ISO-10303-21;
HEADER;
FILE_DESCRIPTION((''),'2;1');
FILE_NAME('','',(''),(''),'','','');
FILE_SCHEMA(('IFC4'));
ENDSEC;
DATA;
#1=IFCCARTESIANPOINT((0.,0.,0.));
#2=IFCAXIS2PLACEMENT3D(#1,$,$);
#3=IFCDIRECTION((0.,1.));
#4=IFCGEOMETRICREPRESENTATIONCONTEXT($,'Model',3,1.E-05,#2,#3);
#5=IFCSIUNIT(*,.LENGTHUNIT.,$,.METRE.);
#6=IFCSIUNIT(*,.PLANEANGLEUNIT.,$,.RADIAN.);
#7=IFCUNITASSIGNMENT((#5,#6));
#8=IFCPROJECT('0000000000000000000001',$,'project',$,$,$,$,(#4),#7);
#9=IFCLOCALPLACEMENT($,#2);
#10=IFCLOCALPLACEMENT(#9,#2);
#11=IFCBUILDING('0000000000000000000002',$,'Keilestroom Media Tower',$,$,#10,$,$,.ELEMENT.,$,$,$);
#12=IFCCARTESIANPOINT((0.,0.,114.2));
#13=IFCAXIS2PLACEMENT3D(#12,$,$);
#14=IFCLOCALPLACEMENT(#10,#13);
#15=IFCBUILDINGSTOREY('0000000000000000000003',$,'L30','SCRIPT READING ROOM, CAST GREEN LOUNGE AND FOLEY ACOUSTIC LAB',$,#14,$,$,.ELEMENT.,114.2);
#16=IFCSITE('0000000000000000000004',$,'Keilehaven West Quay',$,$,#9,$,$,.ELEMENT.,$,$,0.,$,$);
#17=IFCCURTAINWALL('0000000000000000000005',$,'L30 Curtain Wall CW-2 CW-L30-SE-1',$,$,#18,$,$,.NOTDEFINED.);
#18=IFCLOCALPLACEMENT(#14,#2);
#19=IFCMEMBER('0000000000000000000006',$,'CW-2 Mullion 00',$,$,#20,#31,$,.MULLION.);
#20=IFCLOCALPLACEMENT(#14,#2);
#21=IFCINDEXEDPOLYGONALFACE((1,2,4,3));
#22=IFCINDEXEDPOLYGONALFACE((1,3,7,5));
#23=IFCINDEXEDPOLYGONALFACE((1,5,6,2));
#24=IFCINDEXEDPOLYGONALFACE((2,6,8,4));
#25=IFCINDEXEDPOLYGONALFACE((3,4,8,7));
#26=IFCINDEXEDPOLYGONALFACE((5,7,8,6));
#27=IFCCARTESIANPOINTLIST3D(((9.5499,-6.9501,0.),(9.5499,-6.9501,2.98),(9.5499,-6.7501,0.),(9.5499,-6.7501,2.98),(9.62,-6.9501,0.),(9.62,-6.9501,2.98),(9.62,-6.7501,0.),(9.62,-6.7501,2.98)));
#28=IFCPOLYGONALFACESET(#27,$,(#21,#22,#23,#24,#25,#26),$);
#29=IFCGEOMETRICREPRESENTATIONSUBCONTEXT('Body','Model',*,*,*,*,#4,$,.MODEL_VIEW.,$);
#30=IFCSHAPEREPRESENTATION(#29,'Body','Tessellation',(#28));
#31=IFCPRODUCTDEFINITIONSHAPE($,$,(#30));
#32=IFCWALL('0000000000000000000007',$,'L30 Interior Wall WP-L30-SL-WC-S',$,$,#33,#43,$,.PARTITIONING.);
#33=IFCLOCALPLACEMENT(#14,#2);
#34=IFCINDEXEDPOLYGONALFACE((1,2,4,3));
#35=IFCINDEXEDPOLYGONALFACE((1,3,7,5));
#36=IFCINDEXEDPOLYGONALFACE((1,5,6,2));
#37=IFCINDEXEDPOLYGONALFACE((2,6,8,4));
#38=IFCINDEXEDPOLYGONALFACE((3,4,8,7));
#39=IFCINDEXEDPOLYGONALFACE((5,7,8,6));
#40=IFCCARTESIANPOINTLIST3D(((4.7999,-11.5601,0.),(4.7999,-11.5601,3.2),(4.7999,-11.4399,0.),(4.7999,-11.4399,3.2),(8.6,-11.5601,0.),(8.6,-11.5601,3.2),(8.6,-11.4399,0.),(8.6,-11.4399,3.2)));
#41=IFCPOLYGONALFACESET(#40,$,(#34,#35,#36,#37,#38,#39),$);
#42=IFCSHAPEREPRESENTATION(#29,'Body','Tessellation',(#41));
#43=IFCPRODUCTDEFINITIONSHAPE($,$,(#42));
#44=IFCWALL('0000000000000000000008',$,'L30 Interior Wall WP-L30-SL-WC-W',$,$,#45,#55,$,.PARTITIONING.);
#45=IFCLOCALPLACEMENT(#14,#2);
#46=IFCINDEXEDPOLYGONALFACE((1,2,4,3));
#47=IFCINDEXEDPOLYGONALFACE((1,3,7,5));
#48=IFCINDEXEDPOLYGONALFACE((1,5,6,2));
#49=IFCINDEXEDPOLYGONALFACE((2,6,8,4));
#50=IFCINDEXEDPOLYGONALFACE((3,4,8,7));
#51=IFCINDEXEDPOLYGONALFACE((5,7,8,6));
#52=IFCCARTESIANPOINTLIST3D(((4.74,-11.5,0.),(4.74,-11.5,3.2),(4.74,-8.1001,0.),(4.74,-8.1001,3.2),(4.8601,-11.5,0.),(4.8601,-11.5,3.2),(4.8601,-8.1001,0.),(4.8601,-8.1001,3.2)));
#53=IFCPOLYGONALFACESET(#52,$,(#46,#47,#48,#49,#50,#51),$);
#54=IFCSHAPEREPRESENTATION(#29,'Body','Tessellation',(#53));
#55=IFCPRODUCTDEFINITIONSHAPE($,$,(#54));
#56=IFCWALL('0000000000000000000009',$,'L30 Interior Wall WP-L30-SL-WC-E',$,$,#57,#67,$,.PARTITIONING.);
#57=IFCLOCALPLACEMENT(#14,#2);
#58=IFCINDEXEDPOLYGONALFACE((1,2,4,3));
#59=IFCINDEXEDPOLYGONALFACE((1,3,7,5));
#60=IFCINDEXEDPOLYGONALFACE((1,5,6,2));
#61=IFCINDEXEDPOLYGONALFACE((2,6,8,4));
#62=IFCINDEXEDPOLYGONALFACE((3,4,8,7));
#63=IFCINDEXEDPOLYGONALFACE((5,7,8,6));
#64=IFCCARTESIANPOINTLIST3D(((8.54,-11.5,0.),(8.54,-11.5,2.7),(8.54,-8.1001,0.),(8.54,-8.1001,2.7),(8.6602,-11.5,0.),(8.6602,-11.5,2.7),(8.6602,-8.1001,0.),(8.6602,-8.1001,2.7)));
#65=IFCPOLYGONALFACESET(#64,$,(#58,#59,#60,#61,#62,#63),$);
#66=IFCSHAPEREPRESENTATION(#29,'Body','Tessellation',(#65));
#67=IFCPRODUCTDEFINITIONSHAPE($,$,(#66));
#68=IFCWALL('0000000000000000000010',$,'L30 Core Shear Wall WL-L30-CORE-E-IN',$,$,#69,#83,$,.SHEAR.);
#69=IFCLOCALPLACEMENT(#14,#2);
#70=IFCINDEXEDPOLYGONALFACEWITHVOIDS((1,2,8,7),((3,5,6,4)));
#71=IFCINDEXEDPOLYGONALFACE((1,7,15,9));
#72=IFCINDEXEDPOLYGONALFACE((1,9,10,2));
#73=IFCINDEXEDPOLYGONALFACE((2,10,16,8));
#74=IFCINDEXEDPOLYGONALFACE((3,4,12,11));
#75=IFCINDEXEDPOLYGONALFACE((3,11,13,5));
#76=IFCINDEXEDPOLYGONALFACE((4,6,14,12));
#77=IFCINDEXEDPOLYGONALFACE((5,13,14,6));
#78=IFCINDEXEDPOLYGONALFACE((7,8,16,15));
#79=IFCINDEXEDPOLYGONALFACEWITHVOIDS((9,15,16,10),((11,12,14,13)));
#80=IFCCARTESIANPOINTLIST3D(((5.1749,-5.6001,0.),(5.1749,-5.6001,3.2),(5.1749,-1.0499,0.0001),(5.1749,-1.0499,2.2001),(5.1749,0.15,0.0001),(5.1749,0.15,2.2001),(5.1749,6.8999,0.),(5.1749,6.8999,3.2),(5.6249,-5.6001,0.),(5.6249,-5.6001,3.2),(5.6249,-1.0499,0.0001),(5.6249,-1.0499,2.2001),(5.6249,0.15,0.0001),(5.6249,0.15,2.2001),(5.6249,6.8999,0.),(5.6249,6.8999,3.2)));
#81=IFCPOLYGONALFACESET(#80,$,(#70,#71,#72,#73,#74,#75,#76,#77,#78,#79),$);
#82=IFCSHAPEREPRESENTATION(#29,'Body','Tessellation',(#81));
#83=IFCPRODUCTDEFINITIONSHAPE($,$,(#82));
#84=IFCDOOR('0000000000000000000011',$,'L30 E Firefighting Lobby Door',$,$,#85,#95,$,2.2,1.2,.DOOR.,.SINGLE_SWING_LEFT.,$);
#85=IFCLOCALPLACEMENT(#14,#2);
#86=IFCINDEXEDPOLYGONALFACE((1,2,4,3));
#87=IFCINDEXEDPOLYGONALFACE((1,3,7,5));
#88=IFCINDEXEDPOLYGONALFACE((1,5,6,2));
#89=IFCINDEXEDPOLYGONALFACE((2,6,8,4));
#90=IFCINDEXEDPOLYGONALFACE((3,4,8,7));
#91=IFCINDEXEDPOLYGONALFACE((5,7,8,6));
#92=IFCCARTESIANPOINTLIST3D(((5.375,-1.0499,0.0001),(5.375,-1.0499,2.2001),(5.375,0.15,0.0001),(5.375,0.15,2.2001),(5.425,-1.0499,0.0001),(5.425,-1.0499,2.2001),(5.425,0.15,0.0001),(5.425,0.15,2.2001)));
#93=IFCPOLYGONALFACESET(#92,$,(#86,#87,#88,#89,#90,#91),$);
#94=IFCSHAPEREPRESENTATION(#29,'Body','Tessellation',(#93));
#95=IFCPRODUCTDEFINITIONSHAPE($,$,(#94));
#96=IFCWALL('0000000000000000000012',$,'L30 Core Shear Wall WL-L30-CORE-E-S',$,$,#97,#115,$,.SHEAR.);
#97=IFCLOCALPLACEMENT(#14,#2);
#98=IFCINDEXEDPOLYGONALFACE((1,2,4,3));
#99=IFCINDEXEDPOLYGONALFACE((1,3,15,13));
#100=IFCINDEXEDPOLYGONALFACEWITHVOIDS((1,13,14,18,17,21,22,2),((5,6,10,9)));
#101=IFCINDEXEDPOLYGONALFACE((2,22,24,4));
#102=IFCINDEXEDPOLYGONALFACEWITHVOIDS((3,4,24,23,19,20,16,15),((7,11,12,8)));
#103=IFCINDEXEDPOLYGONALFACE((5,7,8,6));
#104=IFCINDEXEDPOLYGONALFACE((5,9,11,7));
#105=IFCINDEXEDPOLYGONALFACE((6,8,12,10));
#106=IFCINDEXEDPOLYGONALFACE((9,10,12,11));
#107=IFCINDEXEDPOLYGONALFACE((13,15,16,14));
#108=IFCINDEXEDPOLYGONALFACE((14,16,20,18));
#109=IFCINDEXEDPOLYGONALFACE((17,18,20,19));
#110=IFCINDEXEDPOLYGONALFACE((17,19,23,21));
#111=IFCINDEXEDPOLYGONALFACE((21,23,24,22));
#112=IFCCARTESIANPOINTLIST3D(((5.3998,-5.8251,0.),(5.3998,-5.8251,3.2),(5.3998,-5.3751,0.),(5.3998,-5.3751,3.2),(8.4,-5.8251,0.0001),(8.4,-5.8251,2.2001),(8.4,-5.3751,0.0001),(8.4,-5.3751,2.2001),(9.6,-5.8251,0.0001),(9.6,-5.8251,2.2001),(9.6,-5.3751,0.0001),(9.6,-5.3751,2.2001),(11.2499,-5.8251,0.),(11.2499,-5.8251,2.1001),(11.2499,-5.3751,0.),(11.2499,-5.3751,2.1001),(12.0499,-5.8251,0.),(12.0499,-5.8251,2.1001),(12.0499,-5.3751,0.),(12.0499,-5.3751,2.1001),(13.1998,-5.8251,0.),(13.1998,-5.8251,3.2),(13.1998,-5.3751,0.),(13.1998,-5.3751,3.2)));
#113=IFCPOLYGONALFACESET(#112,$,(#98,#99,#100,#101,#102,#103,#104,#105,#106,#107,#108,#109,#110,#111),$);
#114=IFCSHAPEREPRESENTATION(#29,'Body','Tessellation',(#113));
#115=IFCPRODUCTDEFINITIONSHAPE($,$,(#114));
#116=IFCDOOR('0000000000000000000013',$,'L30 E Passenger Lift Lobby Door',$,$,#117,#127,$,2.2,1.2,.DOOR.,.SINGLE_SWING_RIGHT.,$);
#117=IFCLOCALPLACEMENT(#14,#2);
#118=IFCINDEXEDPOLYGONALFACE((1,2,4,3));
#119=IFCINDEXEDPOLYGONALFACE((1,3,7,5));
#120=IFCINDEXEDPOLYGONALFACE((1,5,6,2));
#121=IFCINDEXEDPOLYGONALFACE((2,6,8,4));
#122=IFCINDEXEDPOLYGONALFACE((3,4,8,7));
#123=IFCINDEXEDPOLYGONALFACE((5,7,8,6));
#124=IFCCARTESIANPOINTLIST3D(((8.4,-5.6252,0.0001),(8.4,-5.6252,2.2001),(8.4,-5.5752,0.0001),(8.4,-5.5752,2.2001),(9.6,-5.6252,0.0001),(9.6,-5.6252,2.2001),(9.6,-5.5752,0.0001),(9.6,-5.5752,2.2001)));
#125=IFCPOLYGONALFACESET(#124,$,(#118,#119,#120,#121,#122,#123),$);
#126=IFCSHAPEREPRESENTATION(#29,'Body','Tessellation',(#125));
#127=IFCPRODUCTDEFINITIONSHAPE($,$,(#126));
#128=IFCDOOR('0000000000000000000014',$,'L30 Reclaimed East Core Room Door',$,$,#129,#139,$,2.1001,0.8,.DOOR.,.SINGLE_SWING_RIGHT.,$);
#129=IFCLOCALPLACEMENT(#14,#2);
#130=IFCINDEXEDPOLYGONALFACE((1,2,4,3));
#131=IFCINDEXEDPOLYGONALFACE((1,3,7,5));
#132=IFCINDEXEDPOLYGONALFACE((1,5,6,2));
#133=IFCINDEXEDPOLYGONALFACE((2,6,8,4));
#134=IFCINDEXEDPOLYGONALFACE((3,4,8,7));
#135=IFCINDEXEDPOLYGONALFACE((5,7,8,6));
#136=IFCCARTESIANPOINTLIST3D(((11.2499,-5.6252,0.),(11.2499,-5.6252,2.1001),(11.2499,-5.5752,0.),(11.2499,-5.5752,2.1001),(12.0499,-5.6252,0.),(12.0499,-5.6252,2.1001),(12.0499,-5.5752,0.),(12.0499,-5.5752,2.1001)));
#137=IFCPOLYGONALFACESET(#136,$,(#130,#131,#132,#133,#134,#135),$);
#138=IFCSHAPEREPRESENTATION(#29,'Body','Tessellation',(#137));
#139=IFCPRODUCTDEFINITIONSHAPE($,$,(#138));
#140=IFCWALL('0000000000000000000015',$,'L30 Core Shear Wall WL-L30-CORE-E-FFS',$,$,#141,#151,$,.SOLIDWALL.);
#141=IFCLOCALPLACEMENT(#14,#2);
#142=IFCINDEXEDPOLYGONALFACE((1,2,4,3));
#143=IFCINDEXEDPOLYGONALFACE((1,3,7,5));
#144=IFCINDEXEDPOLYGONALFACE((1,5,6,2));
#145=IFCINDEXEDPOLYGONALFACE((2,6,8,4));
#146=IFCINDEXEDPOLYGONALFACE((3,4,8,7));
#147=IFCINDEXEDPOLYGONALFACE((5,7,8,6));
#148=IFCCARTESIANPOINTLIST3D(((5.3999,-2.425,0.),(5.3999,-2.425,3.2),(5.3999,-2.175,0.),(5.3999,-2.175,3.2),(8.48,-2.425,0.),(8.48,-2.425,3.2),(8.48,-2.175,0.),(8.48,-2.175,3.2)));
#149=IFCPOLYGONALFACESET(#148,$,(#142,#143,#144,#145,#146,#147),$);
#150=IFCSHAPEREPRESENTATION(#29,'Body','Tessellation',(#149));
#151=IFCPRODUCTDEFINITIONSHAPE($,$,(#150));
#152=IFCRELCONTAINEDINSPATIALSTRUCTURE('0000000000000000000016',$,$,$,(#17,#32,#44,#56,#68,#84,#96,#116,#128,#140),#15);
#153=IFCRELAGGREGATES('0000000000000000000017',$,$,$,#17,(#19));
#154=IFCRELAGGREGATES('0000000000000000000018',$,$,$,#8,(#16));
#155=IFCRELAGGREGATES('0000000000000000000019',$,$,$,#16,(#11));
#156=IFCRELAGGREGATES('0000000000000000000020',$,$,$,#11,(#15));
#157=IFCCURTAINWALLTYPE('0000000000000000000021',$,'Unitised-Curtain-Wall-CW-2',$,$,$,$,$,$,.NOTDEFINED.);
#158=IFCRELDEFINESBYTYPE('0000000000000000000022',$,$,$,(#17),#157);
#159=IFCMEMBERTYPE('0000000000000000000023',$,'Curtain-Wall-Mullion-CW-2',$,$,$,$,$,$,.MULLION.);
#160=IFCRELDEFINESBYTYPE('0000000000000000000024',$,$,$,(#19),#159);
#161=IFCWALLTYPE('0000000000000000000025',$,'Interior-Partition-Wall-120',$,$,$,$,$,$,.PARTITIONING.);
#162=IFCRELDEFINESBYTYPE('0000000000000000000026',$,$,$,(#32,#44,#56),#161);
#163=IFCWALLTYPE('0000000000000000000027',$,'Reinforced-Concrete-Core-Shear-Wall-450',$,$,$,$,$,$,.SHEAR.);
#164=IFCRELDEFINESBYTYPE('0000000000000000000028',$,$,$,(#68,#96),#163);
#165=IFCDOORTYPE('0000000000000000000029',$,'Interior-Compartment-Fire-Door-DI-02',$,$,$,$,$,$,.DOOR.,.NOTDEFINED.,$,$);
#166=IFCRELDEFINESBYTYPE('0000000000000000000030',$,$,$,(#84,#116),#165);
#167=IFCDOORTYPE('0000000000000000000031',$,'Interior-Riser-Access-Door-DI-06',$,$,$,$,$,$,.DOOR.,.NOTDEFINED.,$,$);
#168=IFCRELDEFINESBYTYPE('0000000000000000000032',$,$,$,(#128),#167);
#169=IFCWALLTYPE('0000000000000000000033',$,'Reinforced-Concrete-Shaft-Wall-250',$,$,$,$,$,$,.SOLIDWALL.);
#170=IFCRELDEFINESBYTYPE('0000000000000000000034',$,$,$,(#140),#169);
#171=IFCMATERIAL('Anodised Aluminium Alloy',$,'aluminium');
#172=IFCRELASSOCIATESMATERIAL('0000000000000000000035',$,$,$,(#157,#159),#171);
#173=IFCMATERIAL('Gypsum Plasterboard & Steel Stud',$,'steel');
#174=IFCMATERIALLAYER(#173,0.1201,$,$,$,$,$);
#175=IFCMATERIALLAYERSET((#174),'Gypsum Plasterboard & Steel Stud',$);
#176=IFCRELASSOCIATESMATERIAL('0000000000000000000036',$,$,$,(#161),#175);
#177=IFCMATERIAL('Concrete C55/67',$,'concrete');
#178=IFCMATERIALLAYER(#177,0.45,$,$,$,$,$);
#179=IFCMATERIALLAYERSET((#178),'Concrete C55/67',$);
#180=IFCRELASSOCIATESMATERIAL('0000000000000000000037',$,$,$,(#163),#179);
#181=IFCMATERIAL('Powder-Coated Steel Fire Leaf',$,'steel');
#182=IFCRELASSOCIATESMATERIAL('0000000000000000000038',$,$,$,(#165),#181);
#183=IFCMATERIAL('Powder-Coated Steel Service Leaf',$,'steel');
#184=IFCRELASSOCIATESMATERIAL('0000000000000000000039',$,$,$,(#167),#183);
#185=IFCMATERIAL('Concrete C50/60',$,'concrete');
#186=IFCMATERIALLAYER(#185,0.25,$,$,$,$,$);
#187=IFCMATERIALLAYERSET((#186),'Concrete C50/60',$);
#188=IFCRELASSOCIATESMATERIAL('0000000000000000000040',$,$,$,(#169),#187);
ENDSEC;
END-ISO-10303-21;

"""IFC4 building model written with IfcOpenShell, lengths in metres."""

from ifc_helpers import new_model, si_unit, direction, frame, frame_2d, origin, origin_2d, place, context, subcontext, project, spatial, rectangle, extrude, source, transform, mapped, material, layer, layer_set, material_profile, profile_set, type_object, element, fill, aggregate, save


model = new_model("IFC4")

# Units and contexts
model_context = context("Model", 3, precision=1e-05, world=origin(), true_north=direction((0.0, 1.0)))
body_context = subcontext(model_context, "Body", "Model", "MODEL_VIEW")
ifc_project = project(units=[si_unit("LENGTHUNIT", "METRE"), si_unit("PLANEANGLEUNIT", "RADIAN")], contexts=[model_context])

# Site, building, storey
site_placement = place(None, origin())
site = spatial("IfcSite", under=ifc_project, at=site_placement, Name="Keilehaven West Quay", CompositionType="ELEMENT", RefElevation=0.0)
building_placement = place(site_placement, origin())
building = spatial("IfcBuilding", under=site, at=building_placement, Name="Keilestroom Media Tower", CompositionType="ELEMENT")
storey_placement = place(building_placement, frame((0.0, 0.0, 114.2)))
storey = spatial("IfcBuildingStorey", under=building, at=storey_placement, Name="L30", Description="SCRIPT READING ROOM, CAST GREEN LOUNGE AND FOLEY ACOUSTIC LAB", CompositionType="ELEMENT", Elevation=114.2)

# Shared definitions
ifc_material_1 = material(Name="Concrete C55/67", Category="concrete")

# Curtain wall, member
ifc_material_2 = material(Name="Anodised Aluminium Alloy", Category="aluminium")
curtain_wall_type = type_object("IfcCurtainWallType", Name="Unitised-Curtain-Wall-CW-2", PredefinedType="NOTDEFINED", material=ifc_material_2)
curtain_wall_placement = place(storey_placement, origin())
curtain_wall = element("IfcCurtainWall", 1, at=curtain_wall_placement, inside=storey, type_object=curtain_wall_type, Name="L30 Curtain Wall CW-2 CW-L30-SE-1", PredefinedType="NOTDEFINED")
ifc_material_profile_1 = material_profile(ifc_material_2, rectangle(XDim=0.0701, YDim=0.2, at=origin_2d()), Name="ALU MULLION 70x200")
ifc_profile_set_1 = profile_set([ifc_material_profile_1], Name="Anodised Aluminium Alloy")
member_type = type_object("IfcMemberType", Name="Curtain-Wall-Mullion-CW-2", PredefinedType="MULLION", material=ifc_profile_set_1)
shared_shape_1 = source(origin(), body_context, "Body", "SweptSolid", [
    extrude(rectangle(XDim=0.0701, YDim=0.2, at=origin_2d()), origin(), (0.0, 0.0, 1.0), 2.98),
])
member_placement = place(storey_placement, frame((9.585, -6.8501, 0.0), z_axis=(0.0, 0.0, 1.0), x_axis=(1.0, 0.0, 0.0)))
member = element("IfcMember", 2, at=member_placement, type_object=member_type, Name="CW-2 Mullion 00", PredefinedType="MULLION", context=body_context, shape_type="MappedRepresentation", body=[
    mapped(shared_shape_1, transform((0.0, 0.0, 0.0), x_axis=(1.0, 0.0, 0.0), y_axis=(0.0, 1.0, 0.0), z_axis=(0.0, 0.0, 1.0), scale=1.0)),
])
aggregate(curtain_wall, [member])

# Walls
ifc_material_3 = material(Name="Gypsum Plasterboard & Steel Stud", Category="steel")
ifc_layer_1 = layer(ifc_material_3, 0.1201)
ifc_layer_set_1 = layer_set([ifc_layer_1], Name="Gypsum Plasterboard & Steel Stud")
wall_type_1 = type_object("IfcWallType", Name="Interior-Partition-Wall-120", PredefinedType="PARTITIONING", material=ifc_layer_set_1)
wall_1_placement = place(storey_placement, frame((4.8, -11.5, 0.0), z_axis=(0.0, 0.0, 1.0), x_axis=(1.0, 0.0, 0.0)))
element("IfcWall", 3, at=wall_1_placement, inside=storey, type_object=wall_type_1, Name="L30 Interior Wall WP-L30-SL-WC-S", PredefinedType="PARTITIONING", context=body_context, shape_type="SweptSolid", body=[
    extrude(rectangle(XDim=3.8, YDim=0.1201, at=frame_2d((1.8999, 0.0))), origin(), (0.0, 0.0, 1.0), 3.2),
])
wall_2_placement = place(storey_placement, frame((4.8, -11.5, 0.0), z_axis=(0.0, 0.0, 1.0), x_axis=(0.0, 1.0, 0.0)))
element("IfcWall", 4, at=wall_2_placement, inside=storey, type_object=wall_type_1, Name="L30 Interior Wall WP-L30-SL-WC-W", PredefinedType="PARTITIONING", context=body_context, shape_type="SweptSolid", body=[
    extrude(rectangle(XDim=3.3999, YDim=0.1201, at=frame_2d((1.7, 0.0))), origin(), (0.0, 0.0, 1.0), 3.2),
])
wall_3_placement = place(storey_placement, frame((8.6001, -11.5, 0.0), z_axis=(0.0, 0.0, 1.0), x_axis=(0.0, 1.0, 0.0)))
element("IfcWall", 5, at=wall_3_placement, inside=storey, type_object=wall_type_1, Name="L30 Interior Wall WP-L30-SL-WC-E", PredefinedType="PARTITIONING", context=body_context, shape_type="SweptSolid", body=[
    extrude(rectangle(XDim=3.3999, YDim=0.1201, at=frame_2d((1.7, 0.0))), origin(), (0.0, 0.0, 1.0), 2.7),
])

# Wall, opening, door
ifc_layer_2 = layer(ifc_material_1, 0.45)
ifc_layer_set_2 = layer_set([ifc_layer_2], Name="Concrete C55/67")
wall_type_2 = type_object("IfcWallType", Name="Reinforced-Concrete-Core-Shear-Wall-450", PredefinedType="SHEAR", material=ifc_layer_set_2)
wall_4_placement = place(storey_placement, frame((5.3999, -5.6001, 0.0), z_axis=(0.0, 0.0, 1.0), x_axis=(0.0, 1.0, 0.0)))
wall_4 = element("IfcWall", 6, at=wall_4_placement, inside=storey, type_object=wall_type_2, Name="L30 Core Shear Wall WL-L30-CORE-E-IN", PredefinedType="SHEAR", context=body_context, shape_type="SweptSolid", body=[
    extrude(rectangle(XDim=12.5, YDim=0.45, at=frame_2d((6.25, 0.0))), origin(), (0.0, 0.0, 1.0), 3.2),
])
opening_1_placement = place(wall_4_placement, frame((4.55, 0.0, 0.0)))
opening_1 = element("IfcOpeningElement", 7, at=opening_1_placement, cuts=wall_4, PredefinedType="OPENING", context=body_context, shape_type="SweptSolid", body=[
    extrude(rectangle(XDim=1.2, YDim=2.2, at=frame_2d((0.6001, 1.1001))), frame((0.0, 0.2349, 0.0), z_axis=(0.0, -1.0, 0.0), x_axis=(1.0, 0.0, 0.0)), (0.0, 0.0, 1.0), 0.47),
])
ifc_material_4 = material(Name="Powder-Coated Steel Fire Leaf", Category="steel")
door_type_1 = type_object("IfcDoorType", Name="Interior-Compartment-Fire-Door-DI-02", OperationType="NOTDEFINED", PredefinedType="DOOR", material=ifc_material_4)
shared_shape_2 = source(origin(), body_context, "Body", "SweptSolid", [
    extrude(rectangle(XDim=1.2, YDim=2.2, at=frame_2d((0.6001, 1.1001))), frame((0.0, 0.0249, 0.0), z_axis=(0.0, -1.0, 0.0), x_axis=(1.0, 0.0, 0.0)), (0.0, 0.0, 1.0), 0.05),
])
door_1_placement = place(opening_1_placement, origin())
door_1 = element("IfcDoor", 8, at=door_1_placement, inside=storey, type_object=door_type_1, Name="L30 E Firefighting Lobby Door", OperationType="SINGLE_SWING_LEFT", OverallHeight=2.2, OverallWidth=1.2, PredefinedType="DOOR", context=body_context, shape_type="MappedRepresentation", body=[
    mapped(shared_shape_2, transform((0.0, 0.0, 0.0), x_axis=(1.0, 0.0, 0.0), y_axis=(0.0, 1.0, 0.0), z_axis=(0.0, 0.0, 1.0), scale=1.0)),
])
fill(opening_1, door_1)

# Wall, openings, doors
wall_5_placement = place(storey_placement, frame((5.3999, -5.6001, 0.0), z_axis=(0.0, 0.0, 1.0), x_axis=(1.0, 0.0, 0.0)))
wall_5 = element("IfcWall", 9, at=wall_5_placement, inside=storey, type_object=wall_type_2, Name="L30 Core Shear Wall WL-L30-CORE-E-S", PredefinedType="SHEAR", context=body_context, shape_type="SweptSolid", body=[
    extrude(rectangle(XDim=7.8, YDim=0.45, at=frame_2d((3.8999, 0.0))), origin(), (0.0, 0.0, 1.0), 3.2),
])
opening_2_placement = place(wall_5_placement, frame((3.0, 0.0, 0.0)))
opening_2 = element("IfcOpeningElement", 10, at=opening_2_placement, cuts=wall_5, PredefinedType="OPENING", context=body_context, shape_type="SweptSolid", body=[
    extrude(rectangle(XDim=1.2, YDim=2.2, at=frame_2d((0.6001, 1.1001))), frame((0.0, 0.2349, 0.0), z_axis=(0.0, -1.0, 0.0), x_axis=(1.0, 0.0, 0.0)), (0.0, 0.0, 1.0), 0.47),
])
opening_3_placement = place(wall_5_placement, frame((5.8501, 0.0, 0.0)))
opening_3 = element("IfcOpeningElement", 11, at=opening_3_placement, cuts=wall_5, PredefinedType="OPENING", context=body_context, shape_type="SweptSolid", body=[
    extrude(rectangle(XDim=0.8, YDim=2.1001, at=frame_2d((0.3999, 1.05))), frame((0.0, 0.2349, 0.0), z_axis=(0.0, -1.0, 0.0), x_axis=(1.0, 0.0, 0.0)), (0.0, 0.0, 1.0), 0.47),
])
door_2_placement = place(opening_2_placement, origin())
door_2 = element("IfcDoor", 12, at=door_2_placement, inside=storey, type_object=door_type_1, Name="L30 E Passenger Lift Lobby Door", OperationType="SINGLE_SWING_RIGHT", OverallHeight=2.2, OverallWidth=1.2, PredefinedType="DOOR", context=body_context, shape_type="MappedRepresentation", body=[
    mapped(shared_shape_2, transform((0.0, 0.0, 0.0), x_axis=(1.0, 0.0, 0.0), y_axis=(0.0, 1.0, 0.0), z_axis=(0.0, 0.0, 1.0), scale=1.0)),
])
fill(opening_2, door_2)
ifc_material_5 = material(Name="Powder-Coated Steel Service Leaf", Category="steel")
door_type_2 = type_object("IfcDoorType", Name="Interior-Riser-Access-Door-DI-06", OperationType="NOTDEFINED", PredefinedType="DOOR", material=ifc_material_5)
shared_shape_3 = source(origin(), body_context, "Body", "SweptSolid", [
    extrude(rectangle(XDim=0.8, YDim=2.1001, at=frame_2d((0.3999, 1.05))), frame((0.0, 0.0249, 0.0), z_axis=(0.0, -1.0, 0.0), x_axis=(1.0, 0.0, 0.0)), (0.0, 0.0, 1.0), 0.05),
])
door_3_placement = place(opening_3_placement, origin())
door_3 = element("IfcDoor", 13, at=door_3_placement, inside=storey, type_object=door_type_2, Name="L30 Reclaimed East Core Room Door", OperationType="SINGLE_SWING_RIGHT", OverallHeight=2.1001, OverallWidth=0.8, PredefinedType="DOOR", context=body_context, shape_type="MappedRepresentation", body=[
    mapped(shared_shape_3, transform((0.0, 0.0, 0.0), x_axis=(1.0, 0.0, 0.0), y_axis=(0.0, 1.0, 0.0), z_axis=(0.0, 0.0, 1.0), scale=1.0)),
])
fill(opening_3, door_3)

# Wall
ifc_material_6 = material(Name="Concrete C50/60", Category="concrete")
ifc_layer_3 = layer(ifc_material_6, 0.25)
ifc_layer_set_3 = layer_set([ifc_layer_3], Name="Concrete C50/60")
wall_type_3 = type_object("IfcWallType", Name="Reinforced-Concrete-Shaft-Wall-250", PredefinedType="SOLIDWALL", material=ifc_layer_set_3)
wall_6_placement = place(storey_placement, frame((5.3999, -2.3, 0.0), z_axis=(0.0, 0.0, 1.0), x_axis=(1.0, 0.0, 0.0)))
element("IfcWall", 14, at=wall_6_placement, inside=storey, type_object=wall_type_3, Name="L30 Core Shear Wall WL-L30-CORE-E-FFS", PredefinedType="SOLIDWALL", context=body_context, shape_type="SweptSolid", body=[
    extrude(rectangle(XDim=3.0801, YDim=0.25, at=frame_2d((1.54, 0.0))), origin(), (0.0, 0.0, 1.0), 3.2),
])

save(model, "model.ifc")
